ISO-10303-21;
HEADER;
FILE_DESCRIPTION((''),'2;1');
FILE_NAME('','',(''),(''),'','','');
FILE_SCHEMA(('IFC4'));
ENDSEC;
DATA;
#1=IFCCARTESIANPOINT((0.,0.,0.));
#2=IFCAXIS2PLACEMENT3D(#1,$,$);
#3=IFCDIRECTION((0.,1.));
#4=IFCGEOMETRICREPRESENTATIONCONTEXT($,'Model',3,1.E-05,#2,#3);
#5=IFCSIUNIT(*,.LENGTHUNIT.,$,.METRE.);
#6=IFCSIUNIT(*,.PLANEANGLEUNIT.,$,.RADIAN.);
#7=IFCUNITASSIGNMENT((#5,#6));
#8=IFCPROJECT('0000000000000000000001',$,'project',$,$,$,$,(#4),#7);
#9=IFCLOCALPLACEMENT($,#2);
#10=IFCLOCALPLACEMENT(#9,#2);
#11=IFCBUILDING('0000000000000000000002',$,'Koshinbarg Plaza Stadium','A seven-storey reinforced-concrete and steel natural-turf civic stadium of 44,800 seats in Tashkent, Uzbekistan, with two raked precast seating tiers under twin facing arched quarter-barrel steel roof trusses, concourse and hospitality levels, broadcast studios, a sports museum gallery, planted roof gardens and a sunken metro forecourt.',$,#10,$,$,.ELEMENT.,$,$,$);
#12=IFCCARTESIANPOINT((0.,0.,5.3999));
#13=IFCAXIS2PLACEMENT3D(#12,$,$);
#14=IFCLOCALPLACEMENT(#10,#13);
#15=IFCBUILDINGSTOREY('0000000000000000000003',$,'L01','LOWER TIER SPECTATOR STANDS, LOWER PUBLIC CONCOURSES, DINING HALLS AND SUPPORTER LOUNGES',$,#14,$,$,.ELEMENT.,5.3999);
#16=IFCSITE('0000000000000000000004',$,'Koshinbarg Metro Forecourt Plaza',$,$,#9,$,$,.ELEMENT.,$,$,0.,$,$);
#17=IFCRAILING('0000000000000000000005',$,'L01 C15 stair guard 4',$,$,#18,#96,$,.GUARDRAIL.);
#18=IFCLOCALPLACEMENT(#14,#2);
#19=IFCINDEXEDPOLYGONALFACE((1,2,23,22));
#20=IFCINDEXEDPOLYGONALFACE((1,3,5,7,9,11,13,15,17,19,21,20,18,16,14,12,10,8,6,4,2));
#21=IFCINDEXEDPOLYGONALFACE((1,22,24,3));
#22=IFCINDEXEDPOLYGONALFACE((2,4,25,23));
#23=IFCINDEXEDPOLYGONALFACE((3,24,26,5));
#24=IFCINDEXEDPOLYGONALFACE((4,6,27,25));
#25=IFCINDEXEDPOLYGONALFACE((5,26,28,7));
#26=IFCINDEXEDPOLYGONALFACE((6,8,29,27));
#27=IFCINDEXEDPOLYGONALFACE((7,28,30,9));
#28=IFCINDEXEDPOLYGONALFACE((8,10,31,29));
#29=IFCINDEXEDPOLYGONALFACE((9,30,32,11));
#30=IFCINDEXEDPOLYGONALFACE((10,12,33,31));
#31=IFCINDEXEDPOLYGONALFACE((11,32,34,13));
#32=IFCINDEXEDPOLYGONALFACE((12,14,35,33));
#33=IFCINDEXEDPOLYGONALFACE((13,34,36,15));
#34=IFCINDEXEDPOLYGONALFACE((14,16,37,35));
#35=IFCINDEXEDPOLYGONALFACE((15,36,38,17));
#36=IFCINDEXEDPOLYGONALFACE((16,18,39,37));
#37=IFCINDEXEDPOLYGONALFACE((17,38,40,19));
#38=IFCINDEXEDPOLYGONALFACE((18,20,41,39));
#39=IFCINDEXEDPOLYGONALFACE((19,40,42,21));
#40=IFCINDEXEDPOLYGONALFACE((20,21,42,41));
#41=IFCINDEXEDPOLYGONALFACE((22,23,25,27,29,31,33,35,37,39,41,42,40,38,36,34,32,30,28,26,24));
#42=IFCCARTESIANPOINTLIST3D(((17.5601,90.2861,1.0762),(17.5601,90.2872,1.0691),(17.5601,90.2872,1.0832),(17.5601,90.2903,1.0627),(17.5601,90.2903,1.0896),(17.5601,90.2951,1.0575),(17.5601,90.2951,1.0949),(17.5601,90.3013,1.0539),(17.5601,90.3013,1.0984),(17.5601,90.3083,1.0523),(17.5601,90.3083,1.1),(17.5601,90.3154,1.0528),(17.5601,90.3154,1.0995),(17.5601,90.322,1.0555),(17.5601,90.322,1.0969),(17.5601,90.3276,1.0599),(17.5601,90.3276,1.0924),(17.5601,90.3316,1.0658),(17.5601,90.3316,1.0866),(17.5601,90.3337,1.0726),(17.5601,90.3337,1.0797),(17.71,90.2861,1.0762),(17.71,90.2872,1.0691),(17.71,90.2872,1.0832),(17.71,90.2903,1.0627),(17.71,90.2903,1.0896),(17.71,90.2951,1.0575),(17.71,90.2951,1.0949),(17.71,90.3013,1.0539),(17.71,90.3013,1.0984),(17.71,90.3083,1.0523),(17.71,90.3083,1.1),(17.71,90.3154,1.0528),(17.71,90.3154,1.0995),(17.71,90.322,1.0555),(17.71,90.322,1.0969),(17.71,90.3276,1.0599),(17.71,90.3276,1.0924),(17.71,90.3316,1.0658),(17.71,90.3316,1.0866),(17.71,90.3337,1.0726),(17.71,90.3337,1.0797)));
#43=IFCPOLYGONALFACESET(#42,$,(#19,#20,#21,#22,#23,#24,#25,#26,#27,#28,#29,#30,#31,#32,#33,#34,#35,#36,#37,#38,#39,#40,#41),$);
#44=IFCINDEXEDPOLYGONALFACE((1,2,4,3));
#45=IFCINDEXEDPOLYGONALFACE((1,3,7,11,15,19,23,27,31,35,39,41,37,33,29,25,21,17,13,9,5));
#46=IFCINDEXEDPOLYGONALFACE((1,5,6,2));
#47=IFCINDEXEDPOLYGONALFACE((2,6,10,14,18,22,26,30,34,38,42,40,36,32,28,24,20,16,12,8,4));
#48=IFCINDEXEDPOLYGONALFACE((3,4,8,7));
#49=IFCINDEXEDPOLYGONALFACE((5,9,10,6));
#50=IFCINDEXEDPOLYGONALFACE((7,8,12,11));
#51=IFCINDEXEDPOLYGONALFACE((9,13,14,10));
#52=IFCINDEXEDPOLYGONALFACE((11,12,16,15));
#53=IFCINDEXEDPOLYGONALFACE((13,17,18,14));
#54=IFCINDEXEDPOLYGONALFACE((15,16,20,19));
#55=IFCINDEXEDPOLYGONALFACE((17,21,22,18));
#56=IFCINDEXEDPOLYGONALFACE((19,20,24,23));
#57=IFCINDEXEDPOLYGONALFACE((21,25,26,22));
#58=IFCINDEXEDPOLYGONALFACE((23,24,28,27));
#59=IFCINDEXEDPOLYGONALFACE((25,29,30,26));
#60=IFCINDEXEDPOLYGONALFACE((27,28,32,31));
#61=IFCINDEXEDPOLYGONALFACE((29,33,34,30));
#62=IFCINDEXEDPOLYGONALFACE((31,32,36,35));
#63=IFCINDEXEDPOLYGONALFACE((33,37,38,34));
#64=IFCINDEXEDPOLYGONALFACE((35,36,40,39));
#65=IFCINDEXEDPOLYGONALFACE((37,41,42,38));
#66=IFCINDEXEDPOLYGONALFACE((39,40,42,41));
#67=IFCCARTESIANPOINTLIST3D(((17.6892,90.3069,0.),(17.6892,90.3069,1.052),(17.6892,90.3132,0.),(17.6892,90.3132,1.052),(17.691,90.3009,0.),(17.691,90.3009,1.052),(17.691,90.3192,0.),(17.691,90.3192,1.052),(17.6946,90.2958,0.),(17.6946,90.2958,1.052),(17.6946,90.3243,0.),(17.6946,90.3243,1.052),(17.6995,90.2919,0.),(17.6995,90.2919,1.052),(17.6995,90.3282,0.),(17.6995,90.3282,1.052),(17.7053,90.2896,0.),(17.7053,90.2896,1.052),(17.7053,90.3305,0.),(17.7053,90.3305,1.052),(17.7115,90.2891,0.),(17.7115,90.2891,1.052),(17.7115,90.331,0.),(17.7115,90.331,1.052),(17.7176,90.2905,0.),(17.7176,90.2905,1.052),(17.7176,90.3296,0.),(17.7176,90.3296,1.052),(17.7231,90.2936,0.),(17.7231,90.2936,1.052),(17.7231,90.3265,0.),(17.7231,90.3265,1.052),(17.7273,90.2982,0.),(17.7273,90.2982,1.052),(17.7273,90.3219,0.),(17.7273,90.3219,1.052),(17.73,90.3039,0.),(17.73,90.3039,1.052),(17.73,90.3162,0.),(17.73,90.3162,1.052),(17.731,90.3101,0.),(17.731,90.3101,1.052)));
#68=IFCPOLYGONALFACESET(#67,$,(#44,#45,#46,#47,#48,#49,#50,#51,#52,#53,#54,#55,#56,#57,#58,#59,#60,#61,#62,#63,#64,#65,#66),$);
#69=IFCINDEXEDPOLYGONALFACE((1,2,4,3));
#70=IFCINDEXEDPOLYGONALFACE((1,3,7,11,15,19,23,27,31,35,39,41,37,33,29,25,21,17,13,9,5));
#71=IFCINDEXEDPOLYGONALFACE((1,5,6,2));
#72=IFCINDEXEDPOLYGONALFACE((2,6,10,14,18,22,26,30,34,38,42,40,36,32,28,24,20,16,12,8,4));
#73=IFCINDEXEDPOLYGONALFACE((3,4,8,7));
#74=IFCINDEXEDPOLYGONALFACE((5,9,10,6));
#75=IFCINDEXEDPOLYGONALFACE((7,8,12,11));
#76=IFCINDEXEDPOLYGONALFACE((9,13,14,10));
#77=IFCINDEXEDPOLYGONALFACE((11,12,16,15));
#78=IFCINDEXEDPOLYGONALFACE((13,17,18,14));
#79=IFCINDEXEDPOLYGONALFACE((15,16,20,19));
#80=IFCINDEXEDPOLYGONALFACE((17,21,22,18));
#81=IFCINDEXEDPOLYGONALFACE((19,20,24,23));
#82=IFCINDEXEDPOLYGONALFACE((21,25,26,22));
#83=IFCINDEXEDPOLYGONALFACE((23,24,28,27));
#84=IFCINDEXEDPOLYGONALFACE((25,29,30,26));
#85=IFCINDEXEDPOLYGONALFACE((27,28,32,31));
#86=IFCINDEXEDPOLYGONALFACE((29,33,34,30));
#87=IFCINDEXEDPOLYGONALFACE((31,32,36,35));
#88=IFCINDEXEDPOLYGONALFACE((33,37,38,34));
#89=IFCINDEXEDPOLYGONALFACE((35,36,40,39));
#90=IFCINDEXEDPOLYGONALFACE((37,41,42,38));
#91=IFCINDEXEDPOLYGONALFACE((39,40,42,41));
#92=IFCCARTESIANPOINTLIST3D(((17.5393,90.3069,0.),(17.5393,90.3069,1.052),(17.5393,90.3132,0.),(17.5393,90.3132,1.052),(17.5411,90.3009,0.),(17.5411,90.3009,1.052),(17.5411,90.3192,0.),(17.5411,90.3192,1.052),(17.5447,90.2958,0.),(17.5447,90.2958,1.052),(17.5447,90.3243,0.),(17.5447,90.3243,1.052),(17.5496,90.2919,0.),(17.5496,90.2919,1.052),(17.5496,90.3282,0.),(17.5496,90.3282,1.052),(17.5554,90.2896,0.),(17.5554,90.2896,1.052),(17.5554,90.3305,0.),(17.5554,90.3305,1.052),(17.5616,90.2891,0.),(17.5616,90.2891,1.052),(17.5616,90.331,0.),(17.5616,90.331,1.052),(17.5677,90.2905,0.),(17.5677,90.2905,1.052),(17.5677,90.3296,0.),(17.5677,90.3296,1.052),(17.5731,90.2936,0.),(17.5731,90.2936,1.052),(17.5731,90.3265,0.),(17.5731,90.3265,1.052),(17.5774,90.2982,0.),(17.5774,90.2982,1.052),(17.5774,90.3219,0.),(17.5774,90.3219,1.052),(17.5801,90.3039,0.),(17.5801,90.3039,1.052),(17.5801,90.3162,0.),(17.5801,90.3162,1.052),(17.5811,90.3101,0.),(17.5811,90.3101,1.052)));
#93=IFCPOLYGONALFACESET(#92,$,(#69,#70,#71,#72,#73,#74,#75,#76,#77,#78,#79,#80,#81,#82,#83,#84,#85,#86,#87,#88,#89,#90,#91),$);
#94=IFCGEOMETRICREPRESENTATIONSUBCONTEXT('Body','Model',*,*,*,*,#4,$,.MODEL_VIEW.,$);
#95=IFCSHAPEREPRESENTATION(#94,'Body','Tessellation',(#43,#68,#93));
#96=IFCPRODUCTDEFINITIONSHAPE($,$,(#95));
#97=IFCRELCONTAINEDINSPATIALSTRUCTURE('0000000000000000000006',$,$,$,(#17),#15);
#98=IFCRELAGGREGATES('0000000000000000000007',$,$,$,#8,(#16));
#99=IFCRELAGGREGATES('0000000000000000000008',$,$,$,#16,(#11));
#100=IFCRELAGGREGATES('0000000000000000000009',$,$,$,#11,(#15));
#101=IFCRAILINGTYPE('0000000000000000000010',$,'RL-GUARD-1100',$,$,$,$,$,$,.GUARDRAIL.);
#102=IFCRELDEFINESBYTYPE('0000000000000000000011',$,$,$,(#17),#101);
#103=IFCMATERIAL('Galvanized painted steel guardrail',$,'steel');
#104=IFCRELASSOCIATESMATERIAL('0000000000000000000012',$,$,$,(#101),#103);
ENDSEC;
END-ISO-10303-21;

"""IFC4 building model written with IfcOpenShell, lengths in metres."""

from ifc_helpers import new_model, si_unit, direction, frame, origin, origin_2d, place, context, subcontext, project, spatial, circle, extrude, material, type_object, element, save


model = new_model("IFC4")

# Units and contexts
model_context = context("Model", 3, precision=1e-05, world=origin(), true_north=direction((0.0, 1.0)))
body_context = subcontext(model_context, "Body", "Model", "MODEL_VIEW")
ifc_project = project(units=[si_unit("LENGTHUNIT", "METRE"), si_unit("PLANEANGLEUNIT", "RADIAN")], contexts=[model_context])

# Site, building, storey
site_placement = place(None, origin())
site = spatial("IfcSite", under=ifc_project, at=site_placement, Name="Koshinbarg Metro Forecourt Plaza", CompositionType="ELEMENT", RefElevation=0.0)
building_placement = place(site_placement, origin())
building = spatial("IfcBuilding", under=site, at=building_placement, Name="Koshinbarg Plaza Stadium", Description="A seven-storey reinforced-concrete and steel natural-turf civic stadium of 44,800 seats in Tashkent, Uzbekistan, with two raked precast seating tiers under twin facing arched quarter-barrel steel roof trusses, concourse and hospitality levels, broadcast studios, a sports museum gallery, planted roof gardens and a sunken metro forecourt.", CompositionType="ELEMENT")
storey_placement = place(building_placement, frame((0.0, 0.0, 5.3999)))
storey = spatial("IfcBuildingStorey", under=building, at=storey_placement, Name="L01", Description="LOWER TIER SPECTATOR STANDS, LOWER PUBLIC CONCOURSES, DINING HALLS AND SUPPORTER LOUNGES", CompositionType="ELEMENT", Elevation=5.3999)

# Railing
ifc_material_1 = material(Name="Galvanized painted steel guardrail", Category="steel")
railing_type_1 = type_object("IfcRailingType", Name="RL-GUARD-1100", PredefinedType="GUARDRAIL", material=ifc_material_1)
railing_1_placement = place(storey_placement, frame((17.71, 90.3101, 0.0)))
element("IfcRailing", 1, at=railing_1_placement, inside=storey, type_object=railing_type_1, Name="L01 C15 stair guard 4", PredefinedType="GUARDRAIL", context=body_context, shape_type="SweptSolid", body=[
    extrude(circle(Radius=0.0239, at=origin_2d()), frame((0.0, 0.0, 1.0762), z_axis=(-1.0, 0.0, 0.0), x_axis=(0.0, -1.0, 0.0)), (0.0, 0.0, 1.0), 0.1499),
    extrude(circle(Radius=0.021, at=origin_2d()), origin(), (0.0, 0.0, 1.0), 1.052),
    extrude(circle(Radius=0.021, at=origin_2d()), frame((-0.1499, 0.0, 0.0)), (0.0, 0.0, 1.0), 1.052),
])

save(model, "model.ifc")
